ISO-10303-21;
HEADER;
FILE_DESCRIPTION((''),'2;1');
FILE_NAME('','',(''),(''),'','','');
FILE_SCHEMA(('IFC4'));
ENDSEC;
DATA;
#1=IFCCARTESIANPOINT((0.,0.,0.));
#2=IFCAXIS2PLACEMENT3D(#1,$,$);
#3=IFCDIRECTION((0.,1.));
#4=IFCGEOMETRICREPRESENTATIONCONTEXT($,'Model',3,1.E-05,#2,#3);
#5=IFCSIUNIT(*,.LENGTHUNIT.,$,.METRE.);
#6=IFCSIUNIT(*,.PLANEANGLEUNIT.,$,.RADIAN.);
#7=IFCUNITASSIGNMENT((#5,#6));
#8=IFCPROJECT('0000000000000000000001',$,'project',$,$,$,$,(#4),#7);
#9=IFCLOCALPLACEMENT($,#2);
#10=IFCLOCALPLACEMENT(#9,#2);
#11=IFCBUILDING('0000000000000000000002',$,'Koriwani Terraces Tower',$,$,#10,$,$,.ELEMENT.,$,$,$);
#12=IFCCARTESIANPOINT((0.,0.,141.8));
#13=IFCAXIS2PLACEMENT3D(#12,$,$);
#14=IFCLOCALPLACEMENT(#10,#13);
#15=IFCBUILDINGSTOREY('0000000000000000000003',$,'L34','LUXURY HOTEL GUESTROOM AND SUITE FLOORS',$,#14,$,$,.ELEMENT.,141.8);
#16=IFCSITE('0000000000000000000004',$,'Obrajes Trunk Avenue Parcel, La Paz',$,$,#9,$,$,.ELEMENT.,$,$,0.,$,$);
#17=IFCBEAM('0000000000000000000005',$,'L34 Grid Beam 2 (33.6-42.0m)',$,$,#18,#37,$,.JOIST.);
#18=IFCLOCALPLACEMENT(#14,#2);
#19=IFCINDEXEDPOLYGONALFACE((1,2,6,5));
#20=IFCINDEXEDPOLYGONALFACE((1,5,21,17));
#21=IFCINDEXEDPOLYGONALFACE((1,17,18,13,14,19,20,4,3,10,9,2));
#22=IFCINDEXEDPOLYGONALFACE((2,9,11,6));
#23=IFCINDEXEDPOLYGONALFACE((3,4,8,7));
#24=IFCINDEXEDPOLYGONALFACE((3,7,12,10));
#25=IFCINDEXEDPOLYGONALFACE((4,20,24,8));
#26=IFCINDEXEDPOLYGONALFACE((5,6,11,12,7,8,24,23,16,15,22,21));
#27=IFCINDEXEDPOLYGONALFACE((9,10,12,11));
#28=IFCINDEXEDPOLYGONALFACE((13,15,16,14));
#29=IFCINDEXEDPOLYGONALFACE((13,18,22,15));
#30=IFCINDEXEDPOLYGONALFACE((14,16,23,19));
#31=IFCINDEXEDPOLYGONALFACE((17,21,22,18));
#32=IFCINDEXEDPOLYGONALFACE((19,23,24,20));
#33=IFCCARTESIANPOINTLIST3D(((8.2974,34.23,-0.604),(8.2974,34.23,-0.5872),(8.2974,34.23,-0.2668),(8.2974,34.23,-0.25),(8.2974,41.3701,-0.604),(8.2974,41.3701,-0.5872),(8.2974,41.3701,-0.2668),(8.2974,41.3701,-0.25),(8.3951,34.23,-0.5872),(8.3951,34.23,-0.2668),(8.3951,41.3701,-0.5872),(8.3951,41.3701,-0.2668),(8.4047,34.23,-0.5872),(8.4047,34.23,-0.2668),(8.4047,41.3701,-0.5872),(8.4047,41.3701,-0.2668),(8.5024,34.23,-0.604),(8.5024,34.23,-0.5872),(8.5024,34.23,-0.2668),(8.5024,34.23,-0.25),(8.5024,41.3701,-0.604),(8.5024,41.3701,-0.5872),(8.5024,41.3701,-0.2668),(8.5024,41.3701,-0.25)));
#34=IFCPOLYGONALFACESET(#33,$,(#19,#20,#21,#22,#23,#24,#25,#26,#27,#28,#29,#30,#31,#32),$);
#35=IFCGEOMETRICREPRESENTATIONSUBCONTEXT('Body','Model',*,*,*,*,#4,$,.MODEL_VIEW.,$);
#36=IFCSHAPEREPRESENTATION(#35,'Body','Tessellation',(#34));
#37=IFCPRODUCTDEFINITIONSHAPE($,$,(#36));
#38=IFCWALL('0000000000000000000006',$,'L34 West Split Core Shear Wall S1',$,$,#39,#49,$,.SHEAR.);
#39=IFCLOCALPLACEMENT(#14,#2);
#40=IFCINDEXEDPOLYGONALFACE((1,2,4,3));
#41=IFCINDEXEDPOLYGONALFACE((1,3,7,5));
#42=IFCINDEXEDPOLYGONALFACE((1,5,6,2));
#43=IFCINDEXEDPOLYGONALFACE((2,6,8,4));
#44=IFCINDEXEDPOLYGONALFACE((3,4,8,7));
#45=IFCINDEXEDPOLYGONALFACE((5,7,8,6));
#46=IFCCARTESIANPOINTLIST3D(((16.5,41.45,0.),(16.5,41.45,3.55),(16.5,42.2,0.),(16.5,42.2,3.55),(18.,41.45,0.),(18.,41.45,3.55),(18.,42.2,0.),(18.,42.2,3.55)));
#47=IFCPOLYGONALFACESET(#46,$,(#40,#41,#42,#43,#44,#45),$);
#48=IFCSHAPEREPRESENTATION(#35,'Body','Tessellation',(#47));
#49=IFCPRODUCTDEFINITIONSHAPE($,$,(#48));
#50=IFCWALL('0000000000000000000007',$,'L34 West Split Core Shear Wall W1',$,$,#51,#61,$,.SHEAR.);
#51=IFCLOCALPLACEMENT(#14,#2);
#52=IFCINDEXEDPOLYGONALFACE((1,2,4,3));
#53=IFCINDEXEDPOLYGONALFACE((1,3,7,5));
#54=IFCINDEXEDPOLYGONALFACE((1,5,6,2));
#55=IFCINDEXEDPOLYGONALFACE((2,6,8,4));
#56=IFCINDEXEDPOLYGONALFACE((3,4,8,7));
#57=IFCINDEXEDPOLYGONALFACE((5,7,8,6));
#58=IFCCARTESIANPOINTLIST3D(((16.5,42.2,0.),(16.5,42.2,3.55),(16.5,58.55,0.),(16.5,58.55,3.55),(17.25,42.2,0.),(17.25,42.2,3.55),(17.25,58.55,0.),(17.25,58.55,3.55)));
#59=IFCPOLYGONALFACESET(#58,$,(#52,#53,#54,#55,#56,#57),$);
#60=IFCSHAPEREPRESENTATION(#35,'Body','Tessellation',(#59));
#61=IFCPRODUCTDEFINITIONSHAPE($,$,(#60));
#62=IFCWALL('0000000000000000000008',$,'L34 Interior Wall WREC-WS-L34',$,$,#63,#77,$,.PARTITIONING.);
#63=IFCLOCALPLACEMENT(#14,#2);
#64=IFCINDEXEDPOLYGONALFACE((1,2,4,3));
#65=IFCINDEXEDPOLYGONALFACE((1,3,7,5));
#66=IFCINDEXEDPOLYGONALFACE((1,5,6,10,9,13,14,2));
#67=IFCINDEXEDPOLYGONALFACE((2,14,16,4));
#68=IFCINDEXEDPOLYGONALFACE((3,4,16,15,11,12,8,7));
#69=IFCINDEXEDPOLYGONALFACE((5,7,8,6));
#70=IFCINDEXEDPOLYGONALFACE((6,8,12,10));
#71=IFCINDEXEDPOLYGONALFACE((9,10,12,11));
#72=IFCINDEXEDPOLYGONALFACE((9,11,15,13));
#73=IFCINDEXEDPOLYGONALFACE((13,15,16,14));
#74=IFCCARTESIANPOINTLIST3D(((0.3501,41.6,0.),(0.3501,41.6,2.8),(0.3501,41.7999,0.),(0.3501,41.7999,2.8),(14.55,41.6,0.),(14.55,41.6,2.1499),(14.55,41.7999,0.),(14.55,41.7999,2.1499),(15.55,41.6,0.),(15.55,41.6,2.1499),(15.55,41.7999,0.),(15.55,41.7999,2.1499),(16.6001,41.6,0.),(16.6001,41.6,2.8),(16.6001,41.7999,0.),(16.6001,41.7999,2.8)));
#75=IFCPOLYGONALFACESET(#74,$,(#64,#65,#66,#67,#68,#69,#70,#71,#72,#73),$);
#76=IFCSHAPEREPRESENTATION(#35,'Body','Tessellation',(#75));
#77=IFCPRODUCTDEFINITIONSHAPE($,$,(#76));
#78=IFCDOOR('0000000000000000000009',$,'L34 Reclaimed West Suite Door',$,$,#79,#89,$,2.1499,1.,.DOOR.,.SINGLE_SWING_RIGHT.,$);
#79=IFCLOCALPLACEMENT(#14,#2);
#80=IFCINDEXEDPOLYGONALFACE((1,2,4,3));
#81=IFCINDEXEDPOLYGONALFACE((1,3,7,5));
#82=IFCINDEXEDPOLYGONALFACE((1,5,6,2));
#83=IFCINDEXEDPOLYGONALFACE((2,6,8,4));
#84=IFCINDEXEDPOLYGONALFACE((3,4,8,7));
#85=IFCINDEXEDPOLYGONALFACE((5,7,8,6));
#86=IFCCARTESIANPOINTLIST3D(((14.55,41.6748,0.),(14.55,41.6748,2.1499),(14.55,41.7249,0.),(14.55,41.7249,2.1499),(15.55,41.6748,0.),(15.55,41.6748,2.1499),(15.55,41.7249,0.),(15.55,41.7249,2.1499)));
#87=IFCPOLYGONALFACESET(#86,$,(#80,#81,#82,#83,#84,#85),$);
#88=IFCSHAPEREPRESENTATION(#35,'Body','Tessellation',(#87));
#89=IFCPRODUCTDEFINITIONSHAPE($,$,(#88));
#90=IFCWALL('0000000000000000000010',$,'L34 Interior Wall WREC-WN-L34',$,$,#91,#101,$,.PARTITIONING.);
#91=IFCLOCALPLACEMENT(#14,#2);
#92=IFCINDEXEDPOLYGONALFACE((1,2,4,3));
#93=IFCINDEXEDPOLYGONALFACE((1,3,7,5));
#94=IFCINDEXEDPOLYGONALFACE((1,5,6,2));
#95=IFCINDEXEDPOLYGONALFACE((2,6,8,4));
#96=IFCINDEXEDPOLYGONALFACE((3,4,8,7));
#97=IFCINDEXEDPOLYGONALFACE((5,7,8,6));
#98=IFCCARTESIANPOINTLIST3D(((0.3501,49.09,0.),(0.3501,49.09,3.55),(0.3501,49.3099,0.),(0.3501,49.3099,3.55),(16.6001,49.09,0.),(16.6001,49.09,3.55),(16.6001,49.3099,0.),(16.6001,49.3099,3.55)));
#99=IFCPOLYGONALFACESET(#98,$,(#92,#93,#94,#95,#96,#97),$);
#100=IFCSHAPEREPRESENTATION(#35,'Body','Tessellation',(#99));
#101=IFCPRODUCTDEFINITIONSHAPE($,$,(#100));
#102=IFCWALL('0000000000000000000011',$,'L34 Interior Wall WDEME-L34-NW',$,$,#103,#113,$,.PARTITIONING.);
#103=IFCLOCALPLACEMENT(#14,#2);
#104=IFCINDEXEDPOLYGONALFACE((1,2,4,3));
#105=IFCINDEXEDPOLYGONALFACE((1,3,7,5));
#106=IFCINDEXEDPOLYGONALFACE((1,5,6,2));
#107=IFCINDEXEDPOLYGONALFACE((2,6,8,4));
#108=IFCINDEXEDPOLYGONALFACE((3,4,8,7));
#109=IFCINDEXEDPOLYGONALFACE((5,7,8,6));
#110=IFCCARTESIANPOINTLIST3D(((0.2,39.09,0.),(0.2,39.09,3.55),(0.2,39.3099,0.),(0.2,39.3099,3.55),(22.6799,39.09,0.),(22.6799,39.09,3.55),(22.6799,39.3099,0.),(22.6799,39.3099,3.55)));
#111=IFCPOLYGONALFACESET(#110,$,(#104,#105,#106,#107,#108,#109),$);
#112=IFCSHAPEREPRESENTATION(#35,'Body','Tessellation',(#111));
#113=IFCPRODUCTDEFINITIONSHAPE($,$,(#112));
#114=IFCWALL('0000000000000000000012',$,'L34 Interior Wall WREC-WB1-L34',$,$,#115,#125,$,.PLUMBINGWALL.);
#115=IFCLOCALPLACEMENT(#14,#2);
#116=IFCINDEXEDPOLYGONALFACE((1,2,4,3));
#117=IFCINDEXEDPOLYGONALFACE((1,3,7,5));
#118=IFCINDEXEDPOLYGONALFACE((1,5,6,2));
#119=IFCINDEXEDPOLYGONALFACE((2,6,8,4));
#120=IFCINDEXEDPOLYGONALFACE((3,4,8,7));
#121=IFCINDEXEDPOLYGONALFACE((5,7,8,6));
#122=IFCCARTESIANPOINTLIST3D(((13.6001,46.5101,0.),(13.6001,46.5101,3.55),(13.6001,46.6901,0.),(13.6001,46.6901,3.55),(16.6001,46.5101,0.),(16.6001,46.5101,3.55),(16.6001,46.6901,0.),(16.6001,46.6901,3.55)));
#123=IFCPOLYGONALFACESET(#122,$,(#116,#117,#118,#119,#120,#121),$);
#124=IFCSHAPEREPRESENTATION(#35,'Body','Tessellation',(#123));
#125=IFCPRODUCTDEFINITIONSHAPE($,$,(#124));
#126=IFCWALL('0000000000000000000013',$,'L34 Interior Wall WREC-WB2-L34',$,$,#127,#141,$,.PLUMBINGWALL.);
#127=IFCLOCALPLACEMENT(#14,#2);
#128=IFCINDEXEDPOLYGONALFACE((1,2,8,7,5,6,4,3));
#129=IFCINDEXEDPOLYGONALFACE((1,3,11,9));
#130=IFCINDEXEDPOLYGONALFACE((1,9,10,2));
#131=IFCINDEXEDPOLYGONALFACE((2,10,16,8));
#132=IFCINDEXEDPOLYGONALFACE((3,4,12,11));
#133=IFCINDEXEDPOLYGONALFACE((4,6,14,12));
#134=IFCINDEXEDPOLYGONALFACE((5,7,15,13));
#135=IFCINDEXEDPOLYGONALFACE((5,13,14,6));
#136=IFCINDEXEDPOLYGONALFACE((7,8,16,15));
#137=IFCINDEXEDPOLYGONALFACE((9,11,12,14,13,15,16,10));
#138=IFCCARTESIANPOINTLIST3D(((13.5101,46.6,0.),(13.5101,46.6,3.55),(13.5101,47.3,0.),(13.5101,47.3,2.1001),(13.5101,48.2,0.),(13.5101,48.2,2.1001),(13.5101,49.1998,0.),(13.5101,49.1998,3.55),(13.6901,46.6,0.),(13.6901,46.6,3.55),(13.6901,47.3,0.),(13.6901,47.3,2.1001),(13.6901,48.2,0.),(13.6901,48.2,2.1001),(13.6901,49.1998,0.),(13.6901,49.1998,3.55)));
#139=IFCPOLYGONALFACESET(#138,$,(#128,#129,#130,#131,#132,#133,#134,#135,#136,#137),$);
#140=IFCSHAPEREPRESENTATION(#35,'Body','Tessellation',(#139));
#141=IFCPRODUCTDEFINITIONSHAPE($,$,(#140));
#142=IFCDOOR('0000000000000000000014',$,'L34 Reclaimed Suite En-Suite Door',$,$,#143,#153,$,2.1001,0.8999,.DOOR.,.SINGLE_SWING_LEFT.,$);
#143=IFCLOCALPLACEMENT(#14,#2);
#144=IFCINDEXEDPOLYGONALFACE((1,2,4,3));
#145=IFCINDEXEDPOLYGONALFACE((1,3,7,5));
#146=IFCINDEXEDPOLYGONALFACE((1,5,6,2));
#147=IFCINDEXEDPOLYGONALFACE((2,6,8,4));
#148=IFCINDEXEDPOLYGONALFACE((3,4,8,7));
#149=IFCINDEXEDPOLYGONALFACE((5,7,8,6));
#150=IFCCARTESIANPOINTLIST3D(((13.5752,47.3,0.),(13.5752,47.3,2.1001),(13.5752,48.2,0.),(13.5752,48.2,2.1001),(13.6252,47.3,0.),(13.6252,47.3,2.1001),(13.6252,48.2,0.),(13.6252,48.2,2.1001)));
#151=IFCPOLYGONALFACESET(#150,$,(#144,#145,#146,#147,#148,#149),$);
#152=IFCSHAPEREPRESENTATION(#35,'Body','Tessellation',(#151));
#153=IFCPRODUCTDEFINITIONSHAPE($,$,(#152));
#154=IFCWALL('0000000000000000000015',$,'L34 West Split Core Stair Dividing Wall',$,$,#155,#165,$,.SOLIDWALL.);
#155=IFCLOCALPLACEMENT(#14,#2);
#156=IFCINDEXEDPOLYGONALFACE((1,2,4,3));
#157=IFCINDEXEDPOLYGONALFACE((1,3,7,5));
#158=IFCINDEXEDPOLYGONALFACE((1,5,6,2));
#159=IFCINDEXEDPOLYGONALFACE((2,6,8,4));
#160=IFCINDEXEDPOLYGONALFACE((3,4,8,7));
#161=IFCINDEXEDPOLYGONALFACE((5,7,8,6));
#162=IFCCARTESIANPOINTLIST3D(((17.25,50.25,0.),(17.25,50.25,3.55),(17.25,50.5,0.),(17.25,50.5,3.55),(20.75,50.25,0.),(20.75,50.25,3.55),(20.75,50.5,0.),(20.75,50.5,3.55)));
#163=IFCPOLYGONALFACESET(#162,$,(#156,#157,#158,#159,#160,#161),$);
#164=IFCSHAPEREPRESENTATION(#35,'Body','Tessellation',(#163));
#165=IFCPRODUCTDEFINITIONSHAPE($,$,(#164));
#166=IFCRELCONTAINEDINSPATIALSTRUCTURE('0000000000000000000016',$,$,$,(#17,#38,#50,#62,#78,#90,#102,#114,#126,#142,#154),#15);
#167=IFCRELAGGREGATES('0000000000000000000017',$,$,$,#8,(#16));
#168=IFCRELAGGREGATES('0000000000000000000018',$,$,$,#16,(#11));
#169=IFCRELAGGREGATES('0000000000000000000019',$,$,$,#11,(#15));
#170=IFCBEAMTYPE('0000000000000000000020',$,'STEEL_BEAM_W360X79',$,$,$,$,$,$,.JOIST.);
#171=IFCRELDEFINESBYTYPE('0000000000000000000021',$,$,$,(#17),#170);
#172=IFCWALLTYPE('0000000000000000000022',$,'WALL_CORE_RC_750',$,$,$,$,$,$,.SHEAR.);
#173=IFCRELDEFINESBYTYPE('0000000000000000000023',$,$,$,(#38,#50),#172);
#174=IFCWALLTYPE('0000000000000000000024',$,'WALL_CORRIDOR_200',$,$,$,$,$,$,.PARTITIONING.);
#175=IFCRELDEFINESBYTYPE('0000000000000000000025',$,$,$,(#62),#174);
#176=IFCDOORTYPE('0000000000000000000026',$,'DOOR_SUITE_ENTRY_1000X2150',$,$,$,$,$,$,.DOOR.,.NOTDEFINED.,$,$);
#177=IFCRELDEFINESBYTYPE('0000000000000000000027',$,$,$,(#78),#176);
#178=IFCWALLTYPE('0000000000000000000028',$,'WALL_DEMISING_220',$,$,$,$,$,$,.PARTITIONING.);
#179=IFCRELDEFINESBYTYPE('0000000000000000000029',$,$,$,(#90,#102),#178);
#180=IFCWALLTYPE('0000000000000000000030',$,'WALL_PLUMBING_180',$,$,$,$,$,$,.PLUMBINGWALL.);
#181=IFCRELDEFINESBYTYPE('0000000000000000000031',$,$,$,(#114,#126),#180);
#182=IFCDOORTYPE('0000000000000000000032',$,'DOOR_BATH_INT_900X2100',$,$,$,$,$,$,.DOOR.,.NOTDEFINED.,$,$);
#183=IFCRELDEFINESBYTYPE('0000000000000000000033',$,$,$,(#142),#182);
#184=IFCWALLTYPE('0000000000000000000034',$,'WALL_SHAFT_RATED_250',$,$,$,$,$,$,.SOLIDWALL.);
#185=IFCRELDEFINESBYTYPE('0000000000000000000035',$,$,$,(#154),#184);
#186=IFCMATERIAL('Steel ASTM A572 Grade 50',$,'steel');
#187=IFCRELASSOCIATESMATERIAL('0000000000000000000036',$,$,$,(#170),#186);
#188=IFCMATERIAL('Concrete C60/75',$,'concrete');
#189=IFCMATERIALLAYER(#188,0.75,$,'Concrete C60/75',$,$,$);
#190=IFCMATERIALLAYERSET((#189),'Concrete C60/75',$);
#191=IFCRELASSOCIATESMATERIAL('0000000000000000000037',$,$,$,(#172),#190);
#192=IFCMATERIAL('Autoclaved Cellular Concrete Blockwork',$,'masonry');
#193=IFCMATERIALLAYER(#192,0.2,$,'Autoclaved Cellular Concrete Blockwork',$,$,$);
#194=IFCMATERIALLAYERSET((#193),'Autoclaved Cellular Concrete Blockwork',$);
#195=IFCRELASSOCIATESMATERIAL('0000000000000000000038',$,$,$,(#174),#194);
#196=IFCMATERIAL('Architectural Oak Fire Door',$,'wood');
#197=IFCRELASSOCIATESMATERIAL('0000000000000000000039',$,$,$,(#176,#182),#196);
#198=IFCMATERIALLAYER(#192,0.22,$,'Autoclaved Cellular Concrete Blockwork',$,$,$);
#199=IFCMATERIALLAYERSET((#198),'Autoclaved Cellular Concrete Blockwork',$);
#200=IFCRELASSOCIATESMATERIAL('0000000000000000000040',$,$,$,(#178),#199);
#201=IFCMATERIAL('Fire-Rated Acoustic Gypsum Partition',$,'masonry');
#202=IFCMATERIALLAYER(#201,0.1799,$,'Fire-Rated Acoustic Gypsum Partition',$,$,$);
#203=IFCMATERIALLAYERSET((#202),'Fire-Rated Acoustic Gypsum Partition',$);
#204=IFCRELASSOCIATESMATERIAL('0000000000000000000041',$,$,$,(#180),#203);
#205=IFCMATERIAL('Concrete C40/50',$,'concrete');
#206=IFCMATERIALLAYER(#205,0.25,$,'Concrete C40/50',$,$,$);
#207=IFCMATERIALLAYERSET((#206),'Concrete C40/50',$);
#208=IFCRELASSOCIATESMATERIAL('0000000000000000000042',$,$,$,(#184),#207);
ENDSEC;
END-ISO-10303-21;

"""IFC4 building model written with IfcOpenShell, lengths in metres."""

from ifc_helpers import new_model, si_unit, direction, frame, frame_2d, origin, origin_2d, place, context, subcontext, project, spatial, rectangle, i_section, extrude, material, layer, layer_set, material_profile, profile_set, type_object, element, fill, save


model = new_model("IFC4")

# Units and contexts
model_context = context("Model", 3, precision=1e-05, world=origin(), true_north=direction((0.0, 1.0)))
body_context = subcontext(model_context, "Body", "Model", "MODEL_VIEW")
ifc_project = project(units=[si_unit("LENGTHUNIT", "METRE"), si_unit("PLANEANGLEUNIT", "RADIAN")], contexts=[model_context])

# Site, building, storey
site_placement = place(None, origin())
site = spatial("IfcSite", under=ifc_project, at=site_placement, Name="Obrajes Trunk Avenue Parcel, La Paz", CompositionType="ELEMENT", RefElevation=0.0)
building_placement = place(site_placement, origin())
building = spatial("IfcBuilding", under=site, at=building_placement, Name="Koriwani Terraces Tower", CompositionType="ELEMENT")
storey_placement = place(building_placement, frame((0.0, 0.0, 141.8)))
storey = spatial("IfcBuildingStorey", under=building, at=storey_placement, Name="L34", Description="LUXURY HOTEL GUESTROOM AND SUITE FLOORS", CompositionType="ELEMENT", Elevation=141.8)

# Shared definitions
ifc_material_1 = material(Name="Concrete C60/75", Category="concrete")

# Beam
ifc_material_2 = material(Name="Concrete C40/50", Category="concrete")
ifc_material_3 = material(Name="Steel ASTM A572 Grade 50", Category="steel")
ifc_material_profile_1 = material_profile(ifc_material_3, i_section(OverallWidth=0.2051, OverallDepth=0.354, WebThickness=0.0095, FlangeThickness=0.0168, at=origin_2d()), Name="Steel ASTM A572 Grade 50", Category="LoadBearing")
ifc_profile_set_1 = profile_set([ifc_material_profile_1], Name="Steel ASTM A572 Grade 50")
beam_type_1 = type_object("IfcBeamType", Name="STEEL_BEAM_W360X79", PredefinedType="JOIST", material=ifc_profile_set_1)
for number, where, z_axis, x_axis, name in (
    (1, (8.3999, 34.23, -0.427), (0.0, 1.0, 0.0), (-1.0, 0.0, 0.0), "L34 Grid Beam 2 (33.6-42.0m)"),
):
    element("IfcBeam", number, at=place(storey_placement, frame(where, z_axis=z_axis, x_axis=x_axis)), inside=storey, type_object=beam_type_1, Name=name, PredefinedType="JOIST", context=body_context, shape_type="SweptSolid", body=[
        extrude(i_section(OverallWidth=0.2051, OverallDepth=0.354, WebThickness=0.0095, FlangeThickness=0.0168, at=origin_2d()), origin(), (0.0, 0.0, 1.0), 7.1401),
    ])

# Walls
ifc_layer_1 = layer(ifc_material_1, 0.75, Name="Concrete C60/75")
ifc_layer_set_1 = layer_set([ifc_layer_1], Name="Concrete C60/75")
wall_type_1 = type_object("IfcWallType", Name="WALL_CORE_RC_750", PredefinedType="SHEAR", material=ifc_layer_set_1)
wall_1_placement = place(storey_placement, frame((16.5, 41.825, 0.0), z_axis=(0.0, 0.0, 1.0), x_axis=(1.0, 0.0, 0.0)))
element("IfcWall", 2, at=wall_1_placement, inside=storey, type_object=wall_type_1, Name="L34 West Split Core Shear Wall S1", PredefinedType="SHEAR", context=body_context, shape_type="SweptSolid", body=[
    extrude(rectangle(XDim=1.5, YDim=0.75, at=frame_2d((0.75, 0.0))), origin(), (0.0, 0.0, 1.0), 3.55),
])
wall_2_placement = place(storey_placement, frame((16.875, 42.2, 0.0), z_axis=(0.0, 0.0, 1.0), x_axis=(0.0, 1.0, 0.0)))
element("IfcWall", 3, at=wall_2_placement, inside=storey, type_object=wall_type_1, Name="L34 West Split Core Shear Wall W1", PredefinedType="SHEAR", context=body_context, shape_type="SweptSolid", body=[
    extrude(rectangle(XDim=16.3501, YDim=0.75, at=frame_2d((8.175, 0.0))), origin(), (0.0, 0.0, 1.0), 3.55),
])

# Wall, opening, door
ifc_material_4 = material(Name="Autoclaved Cellular Concrete Blockwork", Category="masonry")
ifc_layer_2 = layer(ifc_material_4, 0.2, Name="Autoclaved Cellular Concrete Blockwork")
ifc_layer_set_2 = layer_set([ifc_layer_2], Name="Autoclaved Cellular Concrete Blockwork")
wall_type_2 = type_object("IfcWallType", Name="WALL_CORRIDOR_200", PredefinedType="PARTITIONING", material=ifc_layer_set_2)
wall_3_placement = place(storey_placement, frame((0.3501, 41.7, 0.0), z_axis=(0.0, 0.0, 1.0), x_axis=(1.0, 0.0, 0.0)))
wall_3 = element("IfcWall", 4, at=wall_3_placement, inside=storey, type_object=wall_type_2, Name="L34 Interior Wall WREC-WS-L34", PredefinedType="PARTITIONING", context=body_context, shape_type="SweptSolid", body=[
    extrude(rectangle(XDim=16.25, YDim=0.2, at=frame_2d((8.125, 0.0))), origin(), (0.0, 0.0, 1.0), 2.8),
])
opening_1_placement = place(wall_3_placement, frame((14.2, 0.0, 0.0)))
opening_1 = element("IfcOpeningElement", 5, at=opening_1_placement, cuts=wall_3, PredefinedType="OPENING", context=body_context, shape_type="SweptSolid", body=[
    extrude(rectangle(XDim=1.0, YDim=2.1499, at=frame_2d((0.5, 1.075))), frame((0.0, 0.1099, 0.0), z_axis=(0.0, -1.0, 0.0), x_axis=(1.0, 0.0, 0.0)), (0.0, 0.0, 1.0), 0.22),
])
ifc_material_5 = material(Name="Architectural Oak Fire Door", Category="wood")
door_type_1 = type_object("IfcDoorType", Name="DOOR_SUITE_ENTRY_1000X2150", OperationType="NOTDEFINED", PredefinedType="DOOR", material=ifc_material_5)
door_1_placement = place(opening_1_placement, origin())
door_1 = element("IfcDoor", 6, at=door_1_placement, inside=storey, type_object=door_type_1, Name="L34 Reclaimed West Suite Door", OperationType="SINGLE_SWING_RIGHT", OverallHeight=2.1499, OverallWidth=1.0, PredefinedType="DOOR", context=body_context, shape_type="SweptSolid", body=[
    extrude(rectangle(XDim=1.0, YDim=2.1499, at=frame_2d((0.5, 1.075))), frame((0.0, 0.0249, 0.0), z_axis=(0.0, -1.0, 0.0), x_axis=(1.0, 0.0, 0.0)), (0.0, 0.0, 1.0), 0.05),
])
fill(opening_1, door_1)

# Walls
ifc_layer_3 = layer(ifc_material_4, 0.22, Name="Autoclaved Cellular Concrete Blockwork")
ifc_layer_set_3 = layer_set([ifc_layer_3], Name="Autoclaved Cellular Concrete Blockwork")
wall_type_3 = type_object("IfcWallType", Name="WALL_DEMISING_220", PredefinedType="PARTITIONING", material=ifc_layer_set_3)
wall_4_placement = place(storey_placement, frame((0.3501, 49.2, 0.0), z_axis=(0.0, 0.0, 1.0), x_axis=(1.0, 0.0, 0.0)))
element("IfcWall", 7, at=wall_4_placement, inside=storey, type_object=wall_type_3, Name="L34 Interior Wall WREC-WN-L34", PredefinedType="PARTITIONING", context=body_context, shape_type="SweptSolid", body=[
    extrude(rectangle(XDim=16.25, YDim=0.22, at=frame_2d((8.125, 0.0))), origin(), (0.0, 0.0, 1.0), 3.55),
])
wall_5_placement = place(storey_placement, frame((0.2, 39.2, 0.0), z_axis=(0.0, 0.0, 1.0), x_axis=(1.0, 0.0, 0.0)))
element("IfcWall", 8, at=wall_5_placement, inside=storey, type_object=wall_type_3, Name="L34 Interior Wall WDEME-L34-NW", PredefinedType="PARTITIONING", context=body_context, shape_type="SweptSolid", body=[
    extrude(rectangle(XDim=22.48, YDim=0.22, at=frame_2d((11.24, 0.0))), origin(), (0.0, 0.0, 1.0), 3.55),
])
ifc_material_6 = material(Name="Fire-Rated Acoustic Gypsum Partition", Category="masonry")
ifc_layer_4 = layer(ifc_material_6, 0.1799, Name="Fire-Rated Acoustic Gypsum Partition")
ifc_layer_set_4 = layer_set([ifc_layer_4], Name="Fire-Rated Acoustic Gypsum Partition")
wall_type_4 = type_object("IfcWallType", Name="WALL_PLUMBING_180", PredefinedType="PLUMBINGWALL", material=ifc_layer_set_4)
wall_6_placement = place(storey_placement, frame((13.6001, 46.6001, 0.0), z_axis=(0.0, 0.0, 1.0), x_axis=(1.0, 0.0, 0.0)))
element("IfcWall", 9, at=wall_6_placement, inside=storey, type_object=wall_type_4, Name="L34 Interior Wall WREC-WB1-L34", PredefinedType="PLUMBINGWALL", context=body_context, shape_type="SweptSolid", body=[
    extrude(rectangle(XDim=3.0, YDim=0.1799, at=frame_2d((1.5, 0.0))), origin(), (0.0, 0.0, 1.0), 3.55),
])

# Wall, opening, door
wall_7_placement = place(storey_placement, frame((13.6001, 46.6001, 0.0), z_axis=(0.0, 0.0, 1.0), x_axis=(0.0, 1.0, 0.0)))
wall_7 = element("IfcWall", 10, at=wall_7_placement, inside=storey, type_object=wall_type_4, Name="L34 Interior Wall WREC-WB2-L34", PredefinedType="PLUMBINGWALL", context=body_context, shape_type="SweptSolid", body=[
    extrude(rectangle(XDim=2.5999, YDim=0.1799, at=frame_2d((1.2998, 0.0))), origin(), (0.0, 0.0, 1.0), 3.55),
])
opening_2_placement = place(wall_7_placement, frame((0.7, 0.0, 0.0)))
opening_2 = element("IfcOpeningElement", 11, at=opening_2_placement, cuts=wall_7, PredefinedType="OPENING", context=body_context, shape_type="SweptSolid", body=[
    extrude(rectangle(XDim=0.8999, YDim=2.1001, at=frame_2d((0.45, 1.05))), frame((0.0, 0.1001, 0.0), z_axis=(0.0, -1.0, 0.0), x_axis=(1.0, 0.0, 0.0)), (0.0, 0.0, 1.0), 0.2),
])
door_type_2 = type_object("IfcDoorType", Name="DOOR_BATH_INT_900X2100", OperationType="NOTDEFINED", PredefinedType="DOOR", material=ifc_material_5)
door_2_placement = place(opening_2_placement, origin())
door_2 = element("IfcDoor", 12, at=door_2_placement, inside=storey, type_object=door_type_2, Name="L34 Reclaimed Suite En-Suite Door", OperationType="SINGLE_SWING_LEFT", OverallHeight=2.1001, OverallWidth=0.8999, PredefinedType="DOOR", context=body_context, shape_type="SweptSolid", body=[
    extrude(rectangle(XDim=0.8999, YDim=2.1001, at=frame_2d((0.45, 1.05))), frame((0.0, 0.0249, 0.0), z_axis=(0.0, -1.0, 0.0), x_axis=(1.0, 0.0, 0.0)), (0.0, 0.0, 1.0), 0.05),
])
fill(opening_2, door_2)

# Wall
ifc_layer_5 = layer(ifc_material_2, 0.25, Name="Concrete C40/50")
ifc_layer_set_5 = layer_set([ifc_layer_5], Name="Concrete C40/50")
wall_type_5 = type_object("IfcWallType", Name="WALL_SHAFT_RATED_250", PredefinedType="SOLIDWALL", material=ifc_layer_set_5)
wall_8_placement = place(storey_placement, frame((17.25, 50.375, 0.0), z_axis=(0.0, 0.0, 1.0), x_axis=(1.0, 0.0, 0.0)))
element("IfcWall", 13, at=wall_8_placement, inside=storey, type_object=wall_type_5, Name="L34 West Split Core Stair Dividing Wall", PredefinedType="SOLIDWALL", context=body_context, shape_type="SweptSolid", body=[
    extrude(rectangle(XDim=3.5, YDim=0.25, at=frame_2d((1.75, 0.0))), origin(), (0.0, 0.0, 1.0), 3.55),
])

save(model, "model.ifc")
